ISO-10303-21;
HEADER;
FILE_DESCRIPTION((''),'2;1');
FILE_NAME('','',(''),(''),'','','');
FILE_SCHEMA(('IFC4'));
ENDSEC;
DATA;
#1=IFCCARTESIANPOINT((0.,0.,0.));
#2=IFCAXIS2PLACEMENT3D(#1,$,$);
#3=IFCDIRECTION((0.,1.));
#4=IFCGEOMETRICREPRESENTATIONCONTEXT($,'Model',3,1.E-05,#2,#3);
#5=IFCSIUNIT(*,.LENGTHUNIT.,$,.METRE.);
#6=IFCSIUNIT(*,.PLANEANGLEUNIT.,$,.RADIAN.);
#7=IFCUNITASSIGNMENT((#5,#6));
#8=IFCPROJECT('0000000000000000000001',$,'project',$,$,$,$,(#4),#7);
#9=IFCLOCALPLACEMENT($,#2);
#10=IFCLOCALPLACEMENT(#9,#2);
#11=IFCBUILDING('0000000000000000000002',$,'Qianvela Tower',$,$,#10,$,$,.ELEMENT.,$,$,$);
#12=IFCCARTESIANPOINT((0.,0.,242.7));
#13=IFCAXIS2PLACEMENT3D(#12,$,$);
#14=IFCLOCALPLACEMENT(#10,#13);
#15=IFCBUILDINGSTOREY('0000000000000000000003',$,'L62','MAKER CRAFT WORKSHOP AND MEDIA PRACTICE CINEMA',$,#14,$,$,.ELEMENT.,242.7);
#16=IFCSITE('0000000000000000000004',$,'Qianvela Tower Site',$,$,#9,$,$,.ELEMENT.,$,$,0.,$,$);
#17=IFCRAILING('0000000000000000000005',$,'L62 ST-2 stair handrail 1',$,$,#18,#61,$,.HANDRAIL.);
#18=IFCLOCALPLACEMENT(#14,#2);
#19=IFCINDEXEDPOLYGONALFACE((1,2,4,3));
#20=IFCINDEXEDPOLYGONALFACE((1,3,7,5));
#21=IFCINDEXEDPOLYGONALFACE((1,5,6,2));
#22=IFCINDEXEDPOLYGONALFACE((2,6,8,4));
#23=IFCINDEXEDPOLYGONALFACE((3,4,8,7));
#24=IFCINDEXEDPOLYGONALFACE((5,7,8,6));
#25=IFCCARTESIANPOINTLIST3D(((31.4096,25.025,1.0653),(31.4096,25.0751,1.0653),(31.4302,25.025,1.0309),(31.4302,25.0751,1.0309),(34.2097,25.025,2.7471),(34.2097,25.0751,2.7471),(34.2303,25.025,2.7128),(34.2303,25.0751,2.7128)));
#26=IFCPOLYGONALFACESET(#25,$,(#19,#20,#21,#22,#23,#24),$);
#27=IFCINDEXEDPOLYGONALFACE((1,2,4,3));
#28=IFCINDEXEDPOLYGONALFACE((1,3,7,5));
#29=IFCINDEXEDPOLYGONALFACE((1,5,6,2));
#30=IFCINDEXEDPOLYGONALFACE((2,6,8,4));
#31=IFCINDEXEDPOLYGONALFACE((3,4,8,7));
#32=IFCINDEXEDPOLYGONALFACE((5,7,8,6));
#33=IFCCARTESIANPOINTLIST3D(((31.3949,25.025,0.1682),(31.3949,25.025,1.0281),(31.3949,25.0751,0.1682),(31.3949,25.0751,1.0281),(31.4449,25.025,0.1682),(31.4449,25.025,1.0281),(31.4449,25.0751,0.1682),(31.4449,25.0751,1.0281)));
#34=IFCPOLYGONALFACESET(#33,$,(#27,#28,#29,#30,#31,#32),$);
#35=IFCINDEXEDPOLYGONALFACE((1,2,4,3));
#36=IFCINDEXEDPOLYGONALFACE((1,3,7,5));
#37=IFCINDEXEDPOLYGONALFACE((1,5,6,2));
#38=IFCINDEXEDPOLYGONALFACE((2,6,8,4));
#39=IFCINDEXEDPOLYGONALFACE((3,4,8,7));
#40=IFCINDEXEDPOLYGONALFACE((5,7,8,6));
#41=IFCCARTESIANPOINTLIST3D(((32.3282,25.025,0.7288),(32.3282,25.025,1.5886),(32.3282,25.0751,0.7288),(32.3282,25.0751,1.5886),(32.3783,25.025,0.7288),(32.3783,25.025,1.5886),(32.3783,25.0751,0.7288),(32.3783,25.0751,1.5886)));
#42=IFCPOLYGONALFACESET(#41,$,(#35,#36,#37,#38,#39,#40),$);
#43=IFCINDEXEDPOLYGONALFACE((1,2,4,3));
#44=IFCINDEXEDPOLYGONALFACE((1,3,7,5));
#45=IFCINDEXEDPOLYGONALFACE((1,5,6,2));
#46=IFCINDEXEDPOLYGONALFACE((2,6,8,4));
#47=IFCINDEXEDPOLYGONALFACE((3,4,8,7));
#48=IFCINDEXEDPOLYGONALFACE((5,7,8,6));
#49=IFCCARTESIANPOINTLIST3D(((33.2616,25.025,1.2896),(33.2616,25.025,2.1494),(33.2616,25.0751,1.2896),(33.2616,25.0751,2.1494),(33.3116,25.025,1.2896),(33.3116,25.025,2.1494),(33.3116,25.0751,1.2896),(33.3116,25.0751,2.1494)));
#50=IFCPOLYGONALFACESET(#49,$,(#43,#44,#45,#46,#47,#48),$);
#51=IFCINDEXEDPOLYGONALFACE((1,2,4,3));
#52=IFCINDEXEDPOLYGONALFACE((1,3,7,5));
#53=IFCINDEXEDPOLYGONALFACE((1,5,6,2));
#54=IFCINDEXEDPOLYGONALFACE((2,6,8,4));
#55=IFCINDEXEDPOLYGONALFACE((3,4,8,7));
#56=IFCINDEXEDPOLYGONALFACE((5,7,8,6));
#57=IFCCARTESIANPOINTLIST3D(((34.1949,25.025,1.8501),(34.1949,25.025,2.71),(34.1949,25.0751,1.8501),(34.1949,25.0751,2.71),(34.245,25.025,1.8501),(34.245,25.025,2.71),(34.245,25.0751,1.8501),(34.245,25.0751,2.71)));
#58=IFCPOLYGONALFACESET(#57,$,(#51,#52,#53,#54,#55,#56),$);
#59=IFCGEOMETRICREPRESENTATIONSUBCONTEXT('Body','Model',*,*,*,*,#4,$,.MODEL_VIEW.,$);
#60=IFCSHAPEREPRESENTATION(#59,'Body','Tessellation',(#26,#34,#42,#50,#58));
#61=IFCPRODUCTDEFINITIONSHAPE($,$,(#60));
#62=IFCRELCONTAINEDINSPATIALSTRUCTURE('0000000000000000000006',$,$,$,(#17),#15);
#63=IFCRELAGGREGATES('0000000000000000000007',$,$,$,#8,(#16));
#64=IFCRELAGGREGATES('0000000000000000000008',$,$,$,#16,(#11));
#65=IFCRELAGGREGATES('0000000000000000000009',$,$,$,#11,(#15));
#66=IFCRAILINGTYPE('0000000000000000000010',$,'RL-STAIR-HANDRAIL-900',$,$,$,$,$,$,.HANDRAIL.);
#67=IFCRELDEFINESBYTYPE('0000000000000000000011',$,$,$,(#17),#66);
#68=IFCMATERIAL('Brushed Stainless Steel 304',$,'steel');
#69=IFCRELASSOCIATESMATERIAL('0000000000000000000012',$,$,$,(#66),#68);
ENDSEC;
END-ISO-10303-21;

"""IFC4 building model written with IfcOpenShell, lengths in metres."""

from ifc_helpers import new_model, si_unit, direction, frame, origin, origin_2d, place, context, subcontext, project, spatial, rectangle, extrude, material, type_object, element, save


model = new_model("IFC4")

# Units and contexts
model_context = context("Model", 3, precision=1e-05, world=origin(), true_north=direction((0.0, 1.0)))
body_context = subcontext(model_context, "Body", "Model", "MODEL_VIEW")
ifc_project = project(units=[si_unit("LENGTHUNIT", "METRE"), si_unit("PLANEANGLEUNIT", "RADIAN")], contexts=[model_context])

# Site, building, storey
site_placement = place(None, origin())
site = spatial("IfcSite", under=ifc_project, at=site_placement, Name="Qianvela Tower Site", CompositionType="ELEMENT", RefElevation=0.0)
building_placement = place(site_placement, origin())
building = spatial("IfcBuilding", under=site, at=building_placement, Name="Qianvela Tower", CompositionType="ELEMENT")
storey_placement = place(building_placement, frame((0.0, 0.0, 242.7)))
storey = spatial("IfcBuildingStorey", under=building, at=storey_placement, Name="L62", Description="MAKER CRAFT WORKSHOP AND MEDIA PRACTICE CINEMA", CompositionType="ELEMENT", Elevation=242.7)

# Railing
ifc_material_1 = material(Name="Brushed Stainless Steel 304", Category="steel")
railing_type_1 = type_object("IfcRailingType", Name="RL-STAIR-HANDRAIL-900", PredefinedType="HANDRAIL", material=ifc_material_1)
for number, where, name in (
    (1, (31.4199, 25.05, 0.1682), "L62 ST-2 stair handrail 1"),
):
    element("IfcRailing", number, at=place(storey_placement, frame(where)), inside=storey, type_object=railing_type_1, Name=name, PredefinedType="HANDRAIL", context=body_context, shape_type="SweptSolid", body=[
        extrude(rectangle(XDim=0.05, YDim=0.04, at=origin_2d()), frame((0.0, 0.0, 0.8799), z_axis=(0.857242, 0.0, 0.514913), x_axis=(0.0, 1.0, 0.0)), (0.0, 0.0, 1.0), 3.2664),
        extrude(rectangle(XDim=0.05, YDim=0.05, at=origin_2d()), origin(), (0.0, 0.0, 1.0), 0.8599),
        extrude(rectangle(XDim=0.05, YDim=0.05, at=origin_2d()), frame((0.9333, 0.0, 0.5605)), (0.0, 0.0, 1.0), 0.8599),
        extrude(rectangle(XDim=0.05, YDim=0.05, at=origin_2d()), frame((1.8667, 0.0, 1.1213)), (0.0, 0.0, 1.0), 0.8599),
        extrude(rectangle(XDim=0.05, YDim=0.05, at=origin_2d()), frame((2.8, 0.0, 1.6819)), (0.0, 0.0, 1.0), 0.8599),
    ])

save(model, "model.ifc")
